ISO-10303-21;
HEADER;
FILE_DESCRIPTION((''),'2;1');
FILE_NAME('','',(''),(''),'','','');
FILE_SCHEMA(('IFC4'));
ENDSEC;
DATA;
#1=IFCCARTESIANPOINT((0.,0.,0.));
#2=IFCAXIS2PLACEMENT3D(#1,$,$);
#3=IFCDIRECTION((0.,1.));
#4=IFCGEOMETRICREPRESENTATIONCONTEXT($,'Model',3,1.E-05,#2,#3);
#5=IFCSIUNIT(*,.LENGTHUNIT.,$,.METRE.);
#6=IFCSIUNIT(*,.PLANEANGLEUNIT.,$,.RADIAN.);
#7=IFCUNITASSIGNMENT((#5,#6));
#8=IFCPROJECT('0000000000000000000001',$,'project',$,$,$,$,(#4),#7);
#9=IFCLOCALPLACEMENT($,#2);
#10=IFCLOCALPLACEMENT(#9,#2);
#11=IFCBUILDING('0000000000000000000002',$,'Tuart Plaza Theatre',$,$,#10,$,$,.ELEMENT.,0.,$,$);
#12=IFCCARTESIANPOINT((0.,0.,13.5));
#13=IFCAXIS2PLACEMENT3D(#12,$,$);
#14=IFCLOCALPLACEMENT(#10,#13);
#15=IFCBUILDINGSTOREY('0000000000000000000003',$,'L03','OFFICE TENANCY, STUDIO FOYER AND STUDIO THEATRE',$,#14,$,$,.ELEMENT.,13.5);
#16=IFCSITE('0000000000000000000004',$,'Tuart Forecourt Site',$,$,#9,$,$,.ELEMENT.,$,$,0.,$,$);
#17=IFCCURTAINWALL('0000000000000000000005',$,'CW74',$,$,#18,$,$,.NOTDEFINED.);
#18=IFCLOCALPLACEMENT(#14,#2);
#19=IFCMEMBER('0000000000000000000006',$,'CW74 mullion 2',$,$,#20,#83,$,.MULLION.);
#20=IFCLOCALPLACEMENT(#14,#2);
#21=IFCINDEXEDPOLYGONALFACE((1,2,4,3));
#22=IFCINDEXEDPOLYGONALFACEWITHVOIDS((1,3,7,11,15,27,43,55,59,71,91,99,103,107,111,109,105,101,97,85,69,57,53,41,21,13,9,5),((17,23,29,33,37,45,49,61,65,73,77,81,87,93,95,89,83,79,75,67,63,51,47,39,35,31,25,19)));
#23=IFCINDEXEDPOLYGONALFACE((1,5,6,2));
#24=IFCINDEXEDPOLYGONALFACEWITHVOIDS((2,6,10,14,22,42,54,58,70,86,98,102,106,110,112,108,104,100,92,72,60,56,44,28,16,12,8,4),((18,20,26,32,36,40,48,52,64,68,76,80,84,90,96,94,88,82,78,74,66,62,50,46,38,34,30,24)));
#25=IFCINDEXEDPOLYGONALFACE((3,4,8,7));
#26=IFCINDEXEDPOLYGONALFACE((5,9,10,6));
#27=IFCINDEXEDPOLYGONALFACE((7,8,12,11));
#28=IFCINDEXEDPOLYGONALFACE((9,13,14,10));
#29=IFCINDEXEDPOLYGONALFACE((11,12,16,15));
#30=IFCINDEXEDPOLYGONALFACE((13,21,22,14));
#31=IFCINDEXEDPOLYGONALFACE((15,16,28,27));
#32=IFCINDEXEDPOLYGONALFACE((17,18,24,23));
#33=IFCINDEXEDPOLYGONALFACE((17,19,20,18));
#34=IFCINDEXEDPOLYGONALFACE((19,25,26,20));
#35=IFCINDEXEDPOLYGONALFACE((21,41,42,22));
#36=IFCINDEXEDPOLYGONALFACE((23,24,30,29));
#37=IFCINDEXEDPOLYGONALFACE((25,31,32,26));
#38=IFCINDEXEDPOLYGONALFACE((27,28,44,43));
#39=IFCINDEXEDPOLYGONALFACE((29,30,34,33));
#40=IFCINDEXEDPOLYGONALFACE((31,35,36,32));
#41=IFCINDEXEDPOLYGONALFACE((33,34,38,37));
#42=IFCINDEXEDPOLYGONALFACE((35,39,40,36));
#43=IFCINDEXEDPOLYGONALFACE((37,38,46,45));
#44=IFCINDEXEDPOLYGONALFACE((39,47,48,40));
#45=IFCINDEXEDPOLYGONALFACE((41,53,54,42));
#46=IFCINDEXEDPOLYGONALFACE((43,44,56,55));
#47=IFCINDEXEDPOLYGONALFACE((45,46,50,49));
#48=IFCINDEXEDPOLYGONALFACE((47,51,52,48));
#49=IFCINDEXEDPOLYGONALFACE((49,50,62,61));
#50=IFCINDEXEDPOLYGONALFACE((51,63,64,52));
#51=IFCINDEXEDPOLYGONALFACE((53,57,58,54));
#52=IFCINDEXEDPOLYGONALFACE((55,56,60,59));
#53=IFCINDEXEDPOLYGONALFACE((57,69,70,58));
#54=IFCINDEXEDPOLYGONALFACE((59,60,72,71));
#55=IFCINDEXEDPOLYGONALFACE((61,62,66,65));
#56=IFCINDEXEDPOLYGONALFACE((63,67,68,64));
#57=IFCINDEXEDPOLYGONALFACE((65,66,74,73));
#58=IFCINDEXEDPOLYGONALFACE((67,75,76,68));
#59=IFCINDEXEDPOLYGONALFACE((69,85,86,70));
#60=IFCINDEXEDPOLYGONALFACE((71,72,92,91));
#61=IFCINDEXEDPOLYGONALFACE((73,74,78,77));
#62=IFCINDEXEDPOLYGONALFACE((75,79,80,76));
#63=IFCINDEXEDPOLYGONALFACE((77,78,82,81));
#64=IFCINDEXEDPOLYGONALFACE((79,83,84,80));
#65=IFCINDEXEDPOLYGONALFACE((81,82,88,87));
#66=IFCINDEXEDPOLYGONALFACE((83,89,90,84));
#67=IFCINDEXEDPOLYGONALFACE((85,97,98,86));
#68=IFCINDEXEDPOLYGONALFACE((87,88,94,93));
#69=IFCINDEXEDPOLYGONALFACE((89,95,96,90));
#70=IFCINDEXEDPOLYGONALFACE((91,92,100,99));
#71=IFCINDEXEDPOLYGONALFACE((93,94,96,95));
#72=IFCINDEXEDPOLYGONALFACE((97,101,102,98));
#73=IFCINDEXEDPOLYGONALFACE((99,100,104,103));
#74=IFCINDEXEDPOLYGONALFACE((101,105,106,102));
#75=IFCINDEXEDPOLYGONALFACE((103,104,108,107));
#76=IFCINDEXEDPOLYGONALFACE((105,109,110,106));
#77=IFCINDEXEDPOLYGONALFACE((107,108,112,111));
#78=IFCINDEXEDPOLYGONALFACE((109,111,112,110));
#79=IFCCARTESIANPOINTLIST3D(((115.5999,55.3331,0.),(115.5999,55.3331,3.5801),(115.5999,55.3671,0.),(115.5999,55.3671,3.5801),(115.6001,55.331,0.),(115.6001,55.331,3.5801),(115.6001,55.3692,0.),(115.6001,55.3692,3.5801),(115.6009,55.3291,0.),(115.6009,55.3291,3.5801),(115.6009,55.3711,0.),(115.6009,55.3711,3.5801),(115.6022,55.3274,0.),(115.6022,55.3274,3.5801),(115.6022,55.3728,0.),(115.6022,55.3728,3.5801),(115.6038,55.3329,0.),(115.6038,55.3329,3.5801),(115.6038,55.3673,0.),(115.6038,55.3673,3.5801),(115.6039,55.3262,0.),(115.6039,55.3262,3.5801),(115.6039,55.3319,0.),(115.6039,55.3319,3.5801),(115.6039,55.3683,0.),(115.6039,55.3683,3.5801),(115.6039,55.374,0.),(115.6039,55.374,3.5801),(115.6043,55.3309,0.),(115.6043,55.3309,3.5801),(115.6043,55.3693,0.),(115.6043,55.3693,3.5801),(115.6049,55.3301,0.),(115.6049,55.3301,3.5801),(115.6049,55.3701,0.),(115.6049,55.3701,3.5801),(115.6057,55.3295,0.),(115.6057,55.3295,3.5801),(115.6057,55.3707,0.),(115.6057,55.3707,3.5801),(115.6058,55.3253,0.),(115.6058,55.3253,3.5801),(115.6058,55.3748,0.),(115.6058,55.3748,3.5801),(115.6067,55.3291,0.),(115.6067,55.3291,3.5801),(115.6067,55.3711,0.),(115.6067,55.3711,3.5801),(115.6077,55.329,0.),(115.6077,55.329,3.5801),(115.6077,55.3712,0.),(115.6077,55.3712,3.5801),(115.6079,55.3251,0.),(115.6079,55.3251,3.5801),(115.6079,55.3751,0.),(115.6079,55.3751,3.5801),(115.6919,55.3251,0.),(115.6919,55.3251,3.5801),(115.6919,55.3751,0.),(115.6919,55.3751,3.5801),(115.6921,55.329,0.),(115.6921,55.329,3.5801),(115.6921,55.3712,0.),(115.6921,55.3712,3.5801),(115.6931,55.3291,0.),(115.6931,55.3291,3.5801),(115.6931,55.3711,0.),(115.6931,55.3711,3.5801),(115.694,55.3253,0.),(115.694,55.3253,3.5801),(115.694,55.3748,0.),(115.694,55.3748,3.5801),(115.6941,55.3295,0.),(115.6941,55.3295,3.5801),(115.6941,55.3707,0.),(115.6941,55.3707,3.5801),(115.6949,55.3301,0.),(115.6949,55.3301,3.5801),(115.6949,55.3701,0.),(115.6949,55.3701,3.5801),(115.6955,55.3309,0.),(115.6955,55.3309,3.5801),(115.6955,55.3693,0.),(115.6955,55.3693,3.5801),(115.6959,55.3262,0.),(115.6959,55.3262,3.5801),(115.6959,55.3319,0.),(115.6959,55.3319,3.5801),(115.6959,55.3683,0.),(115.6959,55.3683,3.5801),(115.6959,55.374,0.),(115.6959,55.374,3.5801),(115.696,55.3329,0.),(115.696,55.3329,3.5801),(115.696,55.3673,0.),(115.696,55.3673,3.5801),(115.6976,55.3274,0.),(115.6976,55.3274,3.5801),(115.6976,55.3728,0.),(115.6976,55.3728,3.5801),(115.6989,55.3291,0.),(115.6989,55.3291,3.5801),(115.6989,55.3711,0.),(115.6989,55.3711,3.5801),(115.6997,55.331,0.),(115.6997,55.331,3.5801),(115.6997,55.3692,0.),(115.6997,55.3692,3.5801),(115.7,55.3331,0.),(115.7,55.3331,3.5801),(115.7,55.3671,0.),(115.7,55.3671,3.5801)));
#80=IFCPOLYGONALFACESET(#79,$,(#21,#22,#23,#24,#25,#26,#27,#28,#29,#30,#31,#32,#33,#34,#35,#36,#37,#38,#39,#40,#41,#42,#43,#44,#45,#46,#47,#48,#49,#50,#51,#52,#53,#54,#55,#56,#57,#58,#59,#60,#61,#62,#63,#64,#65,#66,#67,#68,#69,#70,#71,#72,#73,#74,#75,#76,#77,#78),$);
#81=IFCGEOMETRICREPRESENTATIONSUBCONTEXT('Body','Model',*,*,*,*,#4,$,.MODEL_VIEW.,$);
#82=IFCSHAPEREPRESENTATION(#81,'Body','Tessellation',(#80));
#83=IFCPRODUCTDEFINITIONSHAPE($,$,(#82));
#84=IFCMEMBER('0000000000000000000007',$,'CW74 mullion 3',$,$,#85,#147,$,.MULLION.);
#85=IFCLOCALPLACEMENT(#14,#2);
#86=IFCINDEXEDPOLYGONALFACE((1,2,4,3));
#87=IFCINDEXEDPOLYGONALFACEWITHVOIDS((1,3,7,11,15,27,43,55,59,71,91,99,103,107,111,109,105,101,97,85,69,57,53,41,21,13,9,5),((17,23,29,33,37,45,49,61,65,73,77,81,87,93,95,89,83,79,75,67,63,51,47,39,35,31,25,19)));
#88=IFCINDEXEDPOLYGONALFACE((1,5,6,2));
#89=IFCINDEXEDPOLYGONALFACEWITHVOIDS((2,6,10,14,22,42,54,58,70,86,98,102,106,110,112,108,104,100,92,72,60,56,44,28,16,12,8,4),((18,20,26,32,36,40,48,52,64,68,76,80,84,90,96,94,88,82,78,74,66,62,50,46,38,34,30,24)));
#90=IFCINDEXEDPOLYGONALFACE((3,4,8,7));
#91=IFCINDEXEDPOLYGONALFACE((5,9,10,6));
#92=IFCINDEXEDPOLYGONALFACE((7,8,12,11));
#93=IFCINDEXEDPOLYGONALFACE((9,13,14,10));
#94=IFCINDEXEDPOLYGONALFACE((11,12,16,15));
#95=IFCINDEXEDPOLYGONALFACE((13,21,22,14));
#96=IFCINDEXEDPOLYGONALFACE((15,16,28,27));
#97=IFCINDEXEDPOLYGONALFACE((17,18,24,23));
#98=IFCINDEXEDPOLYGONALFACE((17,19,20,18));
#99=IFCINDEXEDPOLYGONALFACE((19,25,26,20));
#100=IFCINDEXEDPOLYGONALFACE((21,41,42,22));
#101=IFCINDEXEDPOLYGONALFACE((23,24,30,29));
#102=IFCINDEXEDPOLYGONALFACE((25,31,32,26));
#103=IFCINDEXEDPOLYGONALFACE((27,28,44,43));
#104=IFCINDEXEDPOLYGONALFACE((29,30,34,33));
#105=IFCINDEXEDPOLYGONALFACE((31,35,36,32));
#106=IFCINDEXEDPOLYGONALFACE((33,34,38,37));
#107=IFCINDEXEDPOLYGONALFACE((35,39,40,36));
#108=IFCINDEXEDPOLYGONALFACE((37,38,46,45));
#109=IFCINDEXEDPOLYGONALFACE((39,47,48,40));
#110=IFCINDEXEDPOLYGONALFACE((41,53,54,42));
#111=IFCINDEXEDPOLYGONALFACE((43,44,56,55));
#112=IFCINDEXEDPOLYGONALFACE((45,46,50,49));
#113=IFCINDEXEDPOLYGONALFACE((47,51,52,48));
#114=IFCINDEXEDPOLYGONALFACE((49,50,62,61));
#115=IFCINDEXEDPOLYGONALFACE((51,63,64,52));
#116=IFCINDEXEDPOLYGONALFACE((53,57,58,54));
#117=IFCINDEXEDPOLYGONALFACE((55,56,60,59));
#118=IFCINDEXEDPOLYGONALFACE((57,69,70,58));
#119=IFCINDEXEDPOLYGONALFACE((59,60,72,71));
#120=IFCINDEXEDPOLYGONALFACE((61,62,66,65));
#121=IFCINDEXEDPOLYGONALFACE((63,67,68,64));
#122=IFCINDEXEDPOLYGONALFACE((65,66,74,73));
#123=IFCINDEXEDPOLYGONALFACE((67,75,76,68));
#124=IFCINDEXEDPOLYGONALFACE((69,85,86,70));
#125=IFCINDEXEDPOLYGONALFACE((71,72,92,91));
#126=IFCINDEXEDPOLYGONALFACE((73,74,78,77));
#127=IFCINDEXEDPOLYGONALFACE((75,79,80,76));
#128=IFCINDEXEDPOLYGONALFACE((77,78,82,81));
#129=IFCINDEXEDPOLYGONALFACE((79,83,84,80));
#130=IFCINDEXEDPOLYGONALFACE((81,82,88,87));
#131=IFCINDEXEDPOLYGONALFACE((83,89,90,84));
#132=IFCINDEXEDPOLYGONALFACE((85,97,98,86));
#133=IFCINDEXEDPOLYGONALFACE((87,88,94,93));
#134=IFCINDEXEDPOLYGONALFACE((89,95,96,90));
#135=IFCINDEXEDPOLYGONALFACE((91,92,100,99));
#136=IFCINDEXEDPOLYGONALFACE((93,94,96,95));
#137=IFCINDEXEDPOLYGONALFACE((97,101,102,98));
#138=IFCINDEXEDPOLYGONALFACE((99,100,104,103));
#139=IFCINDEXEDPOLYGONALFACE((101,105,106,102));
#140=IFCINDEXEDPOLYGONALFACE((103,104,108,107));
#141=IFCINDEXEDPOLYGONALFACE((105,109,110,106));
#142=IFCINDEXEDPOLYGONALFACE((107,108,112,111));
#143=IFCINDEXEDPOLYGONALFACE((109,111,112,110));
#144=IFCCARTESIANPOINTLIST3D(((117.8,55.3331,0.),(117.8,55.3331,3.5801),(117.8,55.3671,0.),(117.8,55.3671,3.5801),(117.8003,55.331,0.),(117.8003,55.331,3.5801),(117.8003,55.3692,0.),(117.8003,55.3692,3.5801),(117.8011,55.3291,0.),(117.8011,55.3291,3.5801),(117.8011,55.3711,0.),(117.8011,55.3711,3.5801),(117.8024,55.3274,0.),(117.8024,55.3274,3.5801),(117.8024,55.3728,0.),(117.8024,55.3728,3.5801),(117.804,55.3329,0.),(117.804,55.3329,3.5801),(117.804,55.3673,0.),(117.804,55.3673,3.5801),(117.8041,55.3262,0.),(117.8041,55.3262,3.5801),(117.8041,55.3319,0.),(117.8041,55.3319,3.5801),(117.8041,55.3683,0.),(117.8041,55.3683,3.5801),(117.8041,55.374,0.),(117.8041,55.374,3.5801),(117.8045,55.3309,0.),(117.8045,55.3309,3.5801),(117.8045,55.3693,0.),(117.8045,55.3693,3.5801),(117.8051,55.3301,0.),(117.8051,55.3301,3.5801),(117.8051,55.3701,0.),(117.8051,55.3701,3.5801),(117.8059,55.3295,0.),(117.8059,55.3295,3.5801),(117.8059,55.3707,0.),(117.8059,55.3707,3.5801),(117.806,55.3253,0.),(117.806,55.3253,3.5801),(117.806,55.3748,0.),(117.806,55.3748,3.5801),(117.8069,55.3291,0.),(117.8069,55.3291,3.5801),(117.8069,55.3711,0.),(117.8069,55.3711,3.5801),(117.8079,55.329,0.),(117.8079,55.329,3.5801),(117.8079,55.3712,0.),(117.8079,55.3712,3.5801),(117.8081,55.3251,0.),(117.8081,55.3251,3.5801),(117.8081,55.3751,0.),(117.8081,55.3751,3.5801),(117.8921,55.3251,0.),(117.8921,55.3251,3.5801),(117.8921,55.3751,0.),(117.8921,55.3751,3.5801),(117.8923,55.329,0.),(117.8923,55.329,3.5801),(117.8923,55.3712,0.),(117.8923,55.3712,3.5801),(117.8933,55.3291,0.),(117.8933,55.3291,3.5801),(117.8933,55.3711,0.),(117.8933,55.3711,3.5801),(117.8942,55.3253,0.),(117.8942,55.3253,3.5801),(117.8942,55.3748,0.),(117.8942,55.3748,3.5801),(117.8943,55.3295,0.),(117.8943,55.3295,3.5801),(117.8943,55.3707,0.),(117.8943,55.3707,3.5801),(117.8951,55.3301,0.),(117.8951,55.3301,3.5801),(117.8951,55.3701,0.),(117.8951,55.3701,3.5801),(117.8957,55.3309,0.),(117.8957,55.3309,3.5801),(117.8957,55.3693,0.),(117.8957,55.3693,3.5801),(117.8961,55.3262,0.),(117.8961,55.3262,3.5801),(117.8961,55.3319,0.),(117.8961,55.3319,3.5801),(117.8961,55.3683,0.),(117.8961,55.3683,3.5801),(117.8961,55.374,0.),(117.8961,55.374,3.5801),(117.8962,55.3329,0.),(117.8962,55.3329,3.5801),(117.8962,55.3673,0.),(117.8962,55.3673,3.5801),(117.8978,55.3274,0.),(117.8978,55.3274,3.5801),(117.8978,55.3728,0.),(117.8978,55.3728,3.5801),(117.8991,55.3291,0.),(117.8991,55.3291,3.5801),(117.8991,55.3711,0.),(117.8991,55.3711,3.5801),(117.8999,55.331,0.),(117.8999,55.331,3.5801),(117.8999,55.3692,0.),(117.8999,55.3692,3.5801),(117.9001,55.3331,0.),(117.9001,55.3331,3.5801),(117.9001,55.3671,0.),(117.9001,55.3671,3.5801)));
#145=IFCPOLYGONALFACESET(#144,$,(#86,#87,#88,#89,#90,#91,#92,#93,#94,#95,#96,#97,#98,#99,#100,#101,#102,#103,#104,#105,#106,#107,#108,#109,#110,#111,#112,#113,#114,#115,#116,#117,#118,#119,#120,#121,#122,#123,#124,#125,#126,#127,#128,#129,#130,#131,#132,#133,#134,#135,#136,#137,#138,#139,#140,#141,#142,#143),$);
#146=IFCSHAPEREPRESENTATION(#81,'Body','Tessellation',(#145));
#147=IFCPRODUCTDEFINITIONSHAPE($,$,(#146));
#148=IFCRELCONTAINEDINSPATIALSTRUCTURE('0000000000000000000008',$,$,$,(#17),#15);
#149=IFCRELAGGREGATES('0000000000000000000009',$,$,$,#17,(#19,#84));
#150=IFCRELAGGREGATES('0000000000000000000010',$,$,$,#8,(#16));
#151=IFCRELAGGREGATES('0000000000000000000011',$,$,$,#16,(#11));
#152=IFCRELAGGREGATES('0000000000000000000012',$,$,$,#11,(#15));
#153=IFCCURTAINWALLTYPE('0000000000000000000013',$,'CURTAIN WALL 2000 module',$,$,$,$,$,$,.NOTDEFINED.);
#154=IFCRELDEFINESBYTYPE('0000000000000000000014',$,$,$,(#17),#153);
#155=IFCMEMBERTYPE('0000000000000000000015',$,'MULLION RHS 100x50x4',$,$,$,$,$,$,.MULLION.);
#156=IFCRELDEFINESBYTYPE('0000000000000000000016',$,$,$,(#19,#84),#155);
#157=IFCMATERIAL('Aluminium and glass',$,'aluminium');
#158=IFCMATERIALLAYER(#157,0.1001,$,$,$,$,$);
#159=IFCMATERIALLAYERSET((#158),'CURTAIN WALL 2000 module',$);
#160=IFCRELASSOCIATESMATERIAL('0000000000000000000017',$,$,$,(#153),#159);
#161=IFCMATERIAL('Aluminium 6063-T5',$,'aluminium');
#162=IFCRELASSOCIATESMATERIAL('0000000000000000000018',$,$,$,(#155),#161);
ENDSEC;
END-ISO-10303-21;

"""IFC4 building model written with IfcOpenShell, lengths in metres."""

from ifc_helpers import new_model, si_unit, direction, frame, origin, origin_2d, place, context, subcontext, project, spatial, hollow_rectangle, extrude, material, layer, layer_set, material_profile, profile_set, type_object, element, aggregate, save


model = new_model("IFC4")

# Units and contexts
model_context = context("Model", 3, precision=1e-05, world=origin(), true_north=direction((0.0, 1.0)))
body_context = subcontext(model_context, "Body", "Model", "MODEL_VIEW")
ifc_project = project(units=[si_unit("LENGTHUNIT", "METRE"), si_unit("PLANEANGLEUNIT", "RADIAN")], contexts=[model_context])

# Site, building, storey
site_placement = place(None, origin())
site = spatial("IfcSite", under=ifc_project, at=site_placement, Name="Tuart Forecourt Site", CompositionType="ELEMENT", RefElevation=0.0)
building_placement = place(site_placement, origin())
building = spatial("IfcBuilding", under=site, at=building_placement, Name="Tuart Plaza Theatre", CompositionType="ELEMENT", ElevationOfRefHeight=0.0)
storey_placement = place(building_placement, frame((0.0, 0.0, 13.5)))
storey = spatial("IfcBuildingStorey", under=building, at=storey_placement, Name="L03", Description="OFFICE TENANCY, STUDIO FOYER AND STUDIO THEATRE", CompositionType="ELEMENT", Elevation=13.5)

# Shared definitions
ifc_material_1 = material(Name="Aluminium and glass", Category="aluminium")
ifc_layer_1 = layer(ifc_material_1, 0.1001)
ifc_layer_set_1 = layer_set([ifc_layer_1], Name="CURTAIN WALL 2000 module")
curtain_wall_type = type_object("IfcCurtainWallType", Name="CURTAIN WALL 2000 module", PredefinedType="NOTDEFINED", material=ifc_layer_set_1)
ifc_material_2 = material(Name="Aluminium 6063-T5", Category="aluminium")
ifc_material_profile_1 = material_profile(ifc_material_2, hollow_rectangle(XDim=0.05, YDim=0.1001, WallThickness=0.0039, InnerFilletRadius=0.0039, OuterFilletRadius=0.0081, at=origin_2d()), Name="RHS 100x50x4")
ifc_profile_set_1 = profile_set([ifc_material_profile_1], Name="Aluminium 6063-T5")
member_type_1 = type_object("IfcMemberType", Name="MULLION RHS 100x50x4", PredefinedType="MULLION", material=ifc_profile_set_1)

# Curtain wall, members
curtain_wall_1_placement = place(storey_placement, origin())
curtain_wall_1 = element("IfcCurtainWall", 1, at=curtain_wall_1_placement, inside=storey, type_object=curtain_wall_type, Name="CW74", PredefinedType="NOTDEFINED")
member_1_placement = place(storey_placement, frame((115.6499, 55.3501, 0.0), z_axis=(0.0, 0.0, 1.0), x_axis=(0.0, 1.0, 0.0)))
member_1 = element("IfcMember", 2, at=member_1_placement, type_object=member_type_1, Name="CW74 mullion 2", PredefinedType="MULLION", context=body_context, shape_type="SweptSolid", body=[
    extrude(hollow_rectangle(XDim=0.05, YDim=0.1001, WallThickness=0.0039, InnerFilletRadius=0.0039, OuterFilletRadius=0.0081, at=origin_2d()), origin(), (0.0, 0.0, 1.0), 3.5801),
])
member_2_placement = place(storey_placement, frame((117.8501, 55.3501, 0.0), z_axis=(0.0, 0.0, 1.0), x_axis=(0.0, 1.0, 0.0)))
member_2 = element("IfcMember", 3, at=member_2_placement, type_object=member_type_1, Name="CW74 mullion 3", PredefinedType="MULLION", context=body_context, shape_type="SweptSolid", body=[
    extrude(hollow_rectangle(XDim=0.05, YDim=0.1001, WallThickness=0.0039, InnerFilletRadius=0.0039, OuterFilletRadius=0.0081, at=origin_2d()), origin(), (0.0, 0.0, 1.0), 3.5801),
])
aggregate(curtain_wall_1, [member_1, member_2])

save(model, "model.ifc")
